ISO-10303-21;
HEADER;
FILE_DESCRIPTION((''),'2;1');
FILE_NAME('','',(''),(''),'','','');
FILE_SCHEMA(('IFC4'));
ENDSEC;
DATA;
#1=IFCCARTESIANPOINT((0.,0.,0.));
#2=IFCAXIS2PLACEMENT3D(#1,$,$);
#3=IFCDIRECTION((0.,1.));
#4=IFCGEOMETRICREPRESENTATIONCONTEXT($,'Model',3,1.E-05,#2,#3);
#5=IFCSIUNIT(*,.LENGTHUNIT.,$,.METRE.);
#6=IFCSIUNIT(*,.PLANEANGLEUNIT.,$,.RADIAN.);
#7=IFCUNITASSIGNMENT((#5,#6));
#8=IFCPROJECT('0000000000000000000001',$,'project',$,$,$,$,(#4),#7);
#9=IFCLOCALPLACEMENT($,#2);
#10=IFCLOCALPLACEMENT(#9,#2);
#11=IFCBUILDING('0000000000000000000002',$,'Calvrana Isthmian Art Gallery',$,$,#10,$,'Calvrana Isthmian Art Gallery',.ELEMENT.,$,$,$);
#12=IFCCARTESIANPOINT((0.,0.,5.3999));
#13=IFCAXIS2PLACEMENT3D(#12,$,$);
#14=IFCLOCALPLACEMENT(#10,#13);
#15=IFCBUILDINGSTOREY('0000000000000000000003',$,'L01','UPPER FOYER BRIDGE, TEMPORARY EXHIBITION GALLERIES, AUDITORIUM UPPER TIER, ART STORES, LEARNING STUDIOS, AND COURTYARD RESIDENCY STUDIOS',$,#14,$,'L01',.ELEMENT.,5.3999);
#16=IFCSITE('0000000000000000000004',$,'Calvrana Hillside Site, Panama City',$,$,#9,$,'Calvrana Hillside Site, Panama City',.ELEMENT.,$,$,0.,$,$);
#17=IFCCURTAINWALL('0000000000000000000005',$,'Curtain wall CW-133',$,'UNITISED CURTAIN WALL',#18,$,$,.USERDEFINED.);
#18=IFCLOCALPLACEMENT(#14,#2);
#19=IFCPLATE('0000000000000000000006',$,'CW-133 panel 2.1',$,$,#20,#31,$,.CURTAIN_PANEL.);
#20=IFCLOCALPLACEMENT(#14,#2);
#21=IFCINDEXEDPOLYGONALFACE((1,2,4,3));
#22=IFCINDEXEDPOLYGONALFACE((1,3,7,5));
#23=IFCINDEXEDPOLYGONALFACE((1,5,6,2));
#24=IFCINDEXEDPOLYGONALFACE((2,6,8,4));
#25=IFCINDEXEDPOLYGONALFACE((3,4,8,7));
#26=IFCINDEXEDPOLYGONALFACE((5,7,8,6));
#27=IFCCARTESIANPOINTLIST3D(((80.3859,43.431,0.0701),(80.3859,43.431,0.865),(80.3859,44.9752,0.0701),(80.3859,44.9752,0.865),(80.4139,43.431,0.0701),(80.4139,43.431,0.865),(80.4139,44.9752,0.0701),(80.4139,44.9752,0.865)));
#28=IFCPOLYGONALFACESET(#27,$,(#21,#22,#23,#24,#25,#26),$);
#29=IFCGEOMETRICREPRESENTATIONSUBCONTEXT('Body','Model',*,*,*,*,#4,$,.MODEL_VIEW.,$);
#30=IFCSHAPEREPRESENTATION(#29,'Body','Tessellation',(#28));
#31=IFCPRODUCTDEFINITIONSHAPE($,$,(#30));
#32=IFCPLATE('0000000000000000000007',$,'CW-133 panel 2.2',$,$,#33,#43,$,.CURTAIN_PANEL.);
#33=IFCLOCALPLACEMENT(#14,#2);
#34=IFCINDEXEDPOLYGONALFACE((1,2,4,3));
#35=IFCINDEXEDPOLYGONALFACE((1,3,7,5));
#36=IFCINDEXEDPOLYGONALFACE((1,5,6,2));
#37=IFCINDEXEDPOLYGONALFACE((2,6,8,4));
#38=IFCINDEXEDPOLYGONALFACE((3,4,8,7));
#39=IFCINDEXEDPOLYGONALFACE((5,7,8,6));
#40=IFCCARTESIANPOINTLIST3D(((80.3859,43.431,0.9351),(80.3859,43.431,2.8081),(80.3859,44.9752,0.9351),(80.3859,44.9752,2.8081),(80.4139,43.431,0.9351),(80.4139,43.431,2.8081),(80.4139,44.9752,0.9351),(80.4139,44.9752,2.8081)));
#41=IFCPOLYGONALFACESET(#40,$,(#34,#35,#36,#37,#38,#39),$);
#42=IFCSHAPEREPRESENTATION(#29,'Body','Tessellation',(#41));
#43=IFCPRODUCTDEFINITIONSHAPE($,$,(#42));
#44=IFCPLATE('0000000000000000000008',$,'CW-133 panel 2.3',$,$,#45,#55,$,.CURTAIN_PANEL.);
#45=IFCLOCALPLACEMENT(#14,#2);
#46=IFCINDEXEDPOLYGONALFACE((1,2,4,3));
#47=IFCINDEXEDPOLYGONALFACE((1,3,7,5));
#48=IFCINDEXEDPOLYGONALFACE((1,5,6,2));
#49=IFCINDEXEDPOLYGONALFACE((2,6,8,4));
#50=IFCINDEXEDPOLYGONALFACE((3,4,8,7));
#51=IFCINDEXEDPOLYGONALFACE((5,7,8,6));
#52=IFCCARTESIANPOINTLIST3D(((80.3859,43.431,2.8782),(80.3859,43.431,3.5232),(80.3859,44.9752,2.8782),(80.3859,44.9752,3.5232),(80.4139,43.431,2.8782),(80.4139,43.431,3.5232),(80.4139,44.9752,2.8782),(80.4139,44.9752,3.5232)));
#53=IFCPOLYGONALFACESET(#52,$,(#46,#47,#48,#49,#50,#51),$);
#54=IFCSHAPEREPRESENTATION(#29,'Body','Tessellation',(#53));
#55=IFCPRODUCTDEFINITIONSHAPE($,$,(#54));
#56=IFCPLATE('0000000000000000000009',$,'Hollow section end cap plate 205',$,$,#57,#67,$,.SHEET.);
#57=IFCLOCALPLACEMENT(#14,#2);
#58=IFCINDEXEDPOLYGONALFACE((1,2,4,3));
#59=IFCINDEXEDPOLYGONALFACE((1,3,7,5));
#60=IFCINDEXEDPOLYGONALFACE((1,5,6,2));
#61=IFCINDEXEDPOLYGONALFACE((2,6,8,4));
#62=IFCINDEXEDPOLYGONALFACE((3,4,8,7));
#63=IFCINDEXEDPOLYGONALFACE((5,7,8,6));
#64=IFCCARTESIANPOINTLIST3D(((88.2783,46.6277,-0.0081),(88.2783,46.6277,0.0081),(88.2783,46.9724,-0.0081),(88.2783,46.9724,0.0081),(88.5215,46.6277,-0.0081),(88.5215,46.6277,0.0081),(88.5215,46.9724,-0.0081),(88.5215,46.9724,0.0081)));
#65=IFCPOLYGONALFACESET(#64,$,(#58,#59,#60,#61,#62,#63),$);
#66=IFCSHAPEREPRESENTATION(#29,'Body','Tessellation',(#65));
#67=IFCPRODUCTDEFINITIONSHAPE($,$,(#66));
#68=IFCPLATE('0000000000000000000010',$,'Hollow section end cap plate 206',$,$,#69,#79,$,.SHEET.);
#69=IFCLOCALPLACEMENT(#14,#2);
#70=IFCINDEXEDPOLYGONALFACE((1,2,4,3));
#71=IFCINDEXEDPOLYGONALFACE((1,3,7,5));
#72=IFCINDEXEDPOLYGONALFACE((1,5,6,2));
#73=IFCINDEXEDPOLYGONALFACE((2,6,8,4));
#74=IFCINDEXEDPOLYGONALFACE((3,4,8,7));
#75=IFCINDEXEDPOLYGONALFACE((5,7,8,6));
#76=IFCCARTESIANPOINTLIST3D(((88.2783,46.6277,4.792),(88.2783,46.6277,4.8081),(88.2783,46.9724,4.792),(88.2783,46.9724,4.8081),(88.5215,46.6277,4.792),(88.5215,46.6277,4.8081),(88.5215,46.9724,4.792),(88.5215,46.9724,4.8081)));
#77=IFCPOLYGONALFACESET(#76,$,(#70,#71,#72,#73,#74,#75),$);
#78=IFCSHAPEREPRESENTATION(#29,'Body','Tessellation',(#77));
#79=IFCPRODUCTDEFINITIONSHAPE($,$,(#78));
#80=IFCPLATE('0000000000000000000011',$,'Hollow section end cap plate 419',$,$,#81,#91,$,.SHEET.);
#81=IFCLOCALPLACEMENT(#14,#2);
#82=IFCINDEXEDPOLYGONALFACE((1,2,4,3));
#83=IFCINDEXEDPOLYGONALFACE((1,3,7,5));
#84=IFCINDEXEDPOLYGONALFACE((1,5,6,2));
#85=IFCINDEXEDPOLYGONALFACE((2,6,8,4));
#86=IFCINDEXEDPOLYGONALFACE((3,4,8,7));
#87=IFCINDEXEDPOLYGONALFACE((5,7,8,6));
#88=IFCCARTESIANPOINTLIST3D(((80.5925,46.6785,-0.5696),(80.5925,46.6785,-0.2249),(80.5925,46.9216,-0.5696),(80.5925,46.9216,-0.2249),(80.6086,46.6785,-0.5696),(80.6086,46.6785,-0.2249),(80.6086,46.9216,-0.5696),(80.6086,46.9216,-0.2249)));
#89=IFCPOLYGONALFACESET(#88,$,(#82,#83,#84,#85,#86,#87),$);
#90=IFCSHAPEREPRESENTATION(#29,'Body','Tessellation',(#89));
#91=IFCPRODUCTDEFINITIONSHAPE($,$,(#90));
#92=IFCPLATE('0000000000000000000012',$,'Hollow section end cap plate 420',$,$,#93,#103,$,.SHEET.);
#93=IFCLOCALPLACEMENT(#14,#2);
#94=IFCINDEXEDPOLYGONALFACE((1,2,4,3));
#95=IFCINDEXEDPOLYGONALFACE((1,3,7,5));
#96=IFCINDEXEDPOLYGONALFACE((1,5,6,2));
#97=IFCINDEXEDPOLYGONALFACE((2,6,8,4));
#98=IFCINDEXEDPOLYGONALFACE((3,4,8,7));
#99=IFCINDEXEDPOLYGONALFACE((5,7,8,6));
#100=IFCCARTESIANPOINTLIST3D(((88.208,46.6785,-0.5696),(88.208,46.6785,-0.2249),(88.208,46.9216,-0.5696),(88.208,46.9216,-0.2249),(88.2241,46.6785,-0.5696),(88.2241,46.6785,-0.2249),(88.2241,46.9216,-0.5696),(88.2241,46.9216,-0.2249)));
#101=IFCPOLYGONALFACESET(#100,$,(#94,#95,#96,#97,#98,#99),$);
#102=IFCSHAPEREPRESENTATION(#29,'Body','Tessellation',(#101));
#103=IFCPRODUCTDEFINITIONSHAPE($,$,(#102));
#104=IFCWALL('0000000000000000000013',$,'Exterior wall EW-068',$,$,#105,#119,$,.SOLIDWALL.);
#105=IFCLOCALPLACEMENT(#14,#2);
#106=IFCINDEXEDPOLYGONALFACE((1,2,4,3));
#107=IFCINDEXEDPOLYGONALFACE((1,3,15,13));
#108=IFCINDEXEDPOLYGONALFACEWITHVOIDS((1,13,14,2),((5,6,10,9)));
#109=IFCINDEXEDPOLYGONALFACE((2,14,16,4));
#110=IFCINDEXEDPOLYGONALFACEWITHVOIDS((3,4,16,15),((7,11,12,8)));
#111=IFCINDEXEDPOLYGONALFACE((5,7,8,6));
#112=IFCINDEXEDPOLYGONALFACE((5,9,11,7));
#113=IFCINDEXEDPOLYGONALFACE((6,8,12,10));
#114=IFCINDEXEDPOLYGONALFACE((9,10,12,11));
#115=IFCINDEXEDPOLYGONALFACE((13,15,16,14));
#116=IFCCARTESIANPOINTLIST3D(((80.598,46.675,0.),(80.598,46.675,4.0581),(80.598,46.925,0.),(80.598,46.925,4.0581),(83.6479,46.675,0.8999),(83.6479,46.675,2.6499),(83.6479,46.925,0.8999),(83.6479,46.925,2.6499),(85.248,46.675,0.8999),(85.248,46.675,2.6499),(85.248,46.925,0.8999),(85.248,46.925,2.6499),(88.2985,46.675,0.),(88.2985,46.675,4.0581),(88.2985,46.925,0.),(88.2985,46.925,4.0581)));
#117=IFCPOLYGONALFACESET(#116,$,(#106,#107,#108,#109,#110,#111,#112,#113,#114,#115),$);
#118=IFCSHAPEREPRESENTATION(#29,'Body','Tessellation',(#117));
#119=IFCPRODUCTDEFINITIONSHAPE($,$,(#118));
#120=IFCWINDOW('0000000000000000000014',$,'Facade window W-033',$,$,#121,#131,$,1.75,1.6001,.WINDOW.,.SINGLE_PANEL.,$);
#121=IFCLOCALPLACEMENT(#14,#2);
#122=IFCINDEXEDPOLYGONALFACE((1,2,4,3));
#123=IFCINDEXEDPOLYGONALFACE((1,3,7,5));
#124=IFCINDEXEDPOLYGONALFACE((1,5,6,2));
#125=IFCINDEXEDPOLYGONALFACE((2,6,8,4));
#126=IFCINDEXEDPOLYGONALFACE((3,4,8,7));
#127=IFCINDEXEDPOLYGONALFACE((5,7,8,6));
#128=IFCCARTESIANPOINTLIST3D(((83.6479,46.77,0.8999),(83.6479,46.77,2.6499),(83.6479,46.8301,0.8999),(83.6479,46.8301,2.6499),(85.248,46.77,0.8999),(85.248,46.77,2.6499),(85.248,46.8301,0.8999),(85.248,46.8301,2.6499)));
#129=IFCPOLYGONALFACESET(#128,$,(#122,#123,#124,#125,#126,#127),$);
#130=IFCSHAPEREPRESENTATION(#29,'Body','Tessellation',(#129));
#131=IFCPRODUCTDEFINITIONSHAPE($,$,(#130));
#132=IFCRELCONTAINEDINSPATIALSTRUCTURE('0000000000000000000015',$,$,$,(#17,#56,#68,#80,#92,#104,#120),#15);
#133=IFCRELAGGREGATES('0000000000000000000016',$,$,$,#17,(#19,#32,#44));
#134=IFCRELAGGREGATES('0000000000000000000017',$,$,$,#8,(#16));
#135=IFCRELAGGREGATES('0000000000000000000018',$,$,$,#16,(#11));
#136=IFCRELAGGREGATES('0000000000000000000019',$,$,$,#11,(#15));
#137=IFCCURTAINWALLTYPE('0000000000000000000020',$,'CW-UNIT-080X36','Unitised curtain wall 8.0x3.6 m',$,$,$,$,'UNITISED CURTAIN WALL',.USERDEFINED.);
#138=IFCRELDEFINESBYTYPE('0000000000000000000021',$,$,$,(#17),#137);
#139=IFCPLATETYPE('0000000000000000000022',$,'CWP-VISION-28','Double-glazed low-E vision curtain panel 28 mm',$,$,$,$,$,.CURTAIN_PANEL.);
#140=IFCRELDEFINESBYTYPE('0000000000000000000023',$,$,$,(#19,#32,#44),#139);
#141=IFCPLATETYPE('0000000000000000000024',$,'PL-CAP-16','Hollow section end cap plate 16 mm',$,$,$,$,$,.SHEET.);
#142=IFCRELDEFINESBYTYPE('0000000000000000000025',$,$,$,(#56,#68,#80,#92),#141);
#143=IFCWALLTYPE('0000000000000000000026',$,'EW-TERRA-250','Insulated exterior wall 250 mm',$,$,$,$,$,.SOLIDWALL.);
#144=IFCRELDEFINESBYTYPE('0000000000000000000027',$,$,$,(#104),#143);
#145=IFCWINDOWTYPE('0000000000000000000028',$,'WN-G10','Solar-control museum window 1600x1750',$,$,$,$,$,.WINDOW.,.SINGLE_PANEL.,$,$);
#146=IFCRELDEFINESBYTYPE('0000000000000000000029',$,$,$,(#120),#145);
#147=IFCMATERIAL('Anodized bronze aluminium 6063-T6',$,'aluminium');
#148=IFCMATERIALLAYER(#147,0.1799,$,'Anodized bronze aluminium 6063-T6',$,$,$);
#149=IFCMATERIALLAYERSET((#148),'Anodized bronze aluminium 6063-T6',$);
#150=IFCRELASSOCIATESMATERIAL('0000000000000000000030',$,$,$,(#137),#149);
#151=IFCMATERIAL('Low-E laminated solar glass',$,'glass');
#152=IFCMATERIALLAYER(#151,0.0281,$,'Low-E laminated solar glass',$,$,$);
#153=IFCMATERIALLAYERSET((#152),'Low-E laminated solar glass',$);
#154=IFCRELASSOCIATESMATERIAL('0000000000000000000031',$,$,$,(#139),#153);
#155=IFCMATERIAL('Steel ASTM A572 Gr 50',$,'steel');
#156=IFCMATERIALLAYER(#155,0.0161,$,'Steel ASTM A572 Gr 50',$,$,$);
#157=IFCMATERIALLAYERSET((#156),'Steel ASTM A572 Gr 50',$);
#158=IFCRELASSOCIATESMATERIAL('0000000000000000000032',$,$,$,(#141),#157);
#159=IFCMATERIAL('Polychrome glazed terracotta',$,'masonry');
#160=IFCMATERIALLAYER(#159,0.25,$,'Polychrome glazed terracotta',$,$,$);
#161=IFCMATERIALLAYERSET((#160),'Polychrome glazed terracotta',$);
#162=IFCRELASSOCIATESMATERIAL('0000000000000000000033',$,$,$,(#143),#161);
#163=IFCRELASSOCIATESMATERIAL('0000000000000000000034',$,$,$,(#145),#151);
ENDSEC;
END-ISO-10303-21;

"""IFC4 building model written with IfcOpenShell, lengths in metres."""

from ifc_helpers import new_model, si_unit, direction, frame, frame_2d, origin, origin_2d, place, context, subcontext, project, spatial, rectangle, extrude, material, layer, layer_set, type_object, element, fill, aggregate, save


model = new_model("IFC4")

# Units and contexts
model_context = context("Model", 3, precision=1e-05, world=origin(), true_north=direction((0.0, 1.0)))
body_context = subcontext(model_context, "Body", "Model", "MODEL_VIEW")
ifc_project = project(units=[si_unit("LENGTHUNIT", "METRE"), si_unit("PLANEANGLEUNIT", "RADIAN")], contexts=[model_context])

# Site, building, storey
site_placement = place(None, origin())
site = spatial("IfcSite", under=ifc_project, at=site_placement, Name="Calvrana Hillside Site, Panama City", LongName="Calvrana Hillside Site, Panama City", CompositionType="ELEMENT", RefElevation=0.0)
building_placement = place(site_placement, origin())
building = spatial("IfcBuilding", under=site, at=building_placement, Name="Calvrana Isthmian Art Gallery", LongName="Calvrana Isthmian Art Gallery", CompositionType="ELEMENT")
storey_placement = place(building_placement, frame((0.0, 0.0, 5.3999)))
storey = spatial("IfcBuildingStorey", under=building, at=storey_placement, Name="L01", Description="UPPER FOYER BRIDGE, TEMPORARY EXHIBITION GALLERIES, AUDITORIUM UPPER TIER, ART STORES, LEARNING STUDIOS, AND COURTYARD RESIDENCY STUDIOS", LongName="L01", CompositionType="ELEMENT", Elevation=5.3999)

# Curtain wall
ifc_material_1 = material(Name="Anodized bronze aluminium 6063-T6", Category="aluminium")
ifc_layer_1 = layer(ifc_material_1, 0.1799, Name="Anodized bronze aluminium 6063-T6")
ifc_layer_set_1 = layer_set([ifc_layer_1], Name="Anodized bronze aluminium 6063-T6")
curtain_wall_type_1 = type_object("IfcCurtainWallType", Name="CW-UNIT-080X36", Description="Unitised curtain wall 8.0x3.6 m", ElementType="UNITISED CURTAIN WALL", PredefinedType="USERDEFINED", material=ifc_layer_set_1)
curtain_wall_1_placement = place(storey_placement, origin())
curtain_wall_1 = element("IfcCurtainWall", 1, at=curtain_wall_1_placement, inside=storey, type_object=curtain_wall_type_1, Name="Curtain wall CW-133", ObjectType="UNITISED CURTAIN WALL", PredefinedType="USERDEFINED")

# Plates
ifc_material_2 = material(Name="Low-E laminated solar glass", Category="glass")
ifc_layer_2 = layer(ifc_material_2, 0.0281, Name="Low-E laminated solar glass")
ifc_layer_set_2 = layer_set([ifc_layer_2], Name="Low-E laminated solar glass")
plate_type_1 = type_object("IfcPlateType", Name="CWP-VISION-28", Description="Double-glazed low-E vision curtain panel 28 mm", PredefinedType="CURTAIN_PANEL", material=ifc_layer_set_2)
plate_1_placement = place(storey_placement, frame((80.3999, 44.2031, 0.0701), z_axis=(0.0, 0.0, 1.0), x_axis=(0.0, -1.0, 0.0)))
plate_1 = element("IfcPlate", 2, at=plate_1_placement, type_object=plate_type_1, Name="CW-133 panel 2.1", PredefinedType="CURTAIN_PANEL", context=body_context, shape_type="SweptSolid", body=[
    extrude(rectangle(XDim=1.5442, YDim=0.0281, at=origin_2d()), origin(), (0.0, 0.0, 1.0), 0.7949),
])
plate_2_placement = place(storey_placement, frame((80.3999, 44.2031, 0.9351), z_axis=(0.0, 0.0, 1.0), x_axis=(0.0, -1.0, 0.0)))
plate_2 = element("IfcPlate", 3, at=plate_2_placement, type_object=plate_type_1, Name="CW-133 panel 2.2", PredefinedType="CURTAIN_PANEL", context=body_context, shape_type="SweptSolid", body=[
    extrude(rectangle(XDim=1.5442, YDim=0.0281, at=origin_2d()), origin(), (0.0, 0.0, 1.0), 1.873),
])
plate_3_placement = place(storey_placement, frame((80.3999, 44.2031, 2.8782), z_axis=(0.0, 0.0, 1.0), x_axis=(0.0, -1.0, 0.0)))
plate_3 = element("IfcPlate", 4, at=plate_3_placement, type_object=plate_type_1, Name="CW-133 panel 2.3", PredefinedType="CURTAIN_PANEL", context=body_context, shape_type="SweptSolid", body=[
    extrude(rectangle(XDim=1.5442, YDim=0.0281, at=origin_2d()), origin(), (0.0, 0.0, 1.0), 0.645),
])
aggregate(curtain_wall_1, [plate_1, plate_2, plate_3])

# Plates
ifc_material_3 = material(Name="Steel ASTM A572 Gr 50", Category="steel")
ifc_layer_3 = layer(ifc_material_3, 0.0161, Name="Steel ASTM A572 Gr 50")
ifc_layer_set_3 = layer_set([ifc_layer_3], Name="Steel ASTM A572 Gr 50")
plate_type_2 = type_object("IfcPlateType", Name="PL-CAP-16", Description="Hollow section end cap plate 16 mm", PredefinedType="SHEET", material=ifc_layer_set_3)
for number, where, z_axis, x_axis, name in (
    (5, (88.3999, 46.8, -0.0081), (0.0, 0.0, 1.0), (1.0, 0.0, 0.0), "Hollow section end cap plate 205"),
    (6, (88.3999, 46.8, 4.792), (0.0, 0.0, 1.0), (1.0, 0.0, 0.0), "Hollow section end cap plate 206"),
):
    element("IfcPlate", number, at=place(storey_placement, frame(where, z_axis=z_axis, x_axis=x_axis)), inside=storey, type_object=plate_type_2, Name=name, PredefinedType="SHEET", context=body_context, shape_type="SweptSolid", body=[
        extrude(rectangle(XDim=0.2432, YDim=0.3447, at=origin_2d()), origin(), (0.0, 0.0, 1.0), 0.0161),
    ])
for number, where, z_axis, x_axis, name in (
    (7, (80.6006, 46.8, -0.5696), (0.0, 0.0, 1.0), (1.0, 0.0, 0.0), "Hollow section end cap plate 419"),
    (8, (88.2161, 46.8, -0.5696), (0.0, 0.0, 1.0), (1.0, 0.0, 0.0), "Hollow section end cap plate 420"),
):
    element("IfcPlate", number, at=place(storey_placement, frame(where, z_axis=z_axis, x_axis=x_axis)), inside=storey, type_object=plate_type_2, Name=name, PredefinedType="SHEET", context=body_context, shape_type="SweptSolid", body=[
        extrude(rectangle(XDim=0.0161, YDim=0.2432, at=origin_2d()), origin(), (0.0, 0.0, 1.0), 0.3447),
    ])

# Wall, opening, window
ifc_material_4 = material(Name="Polychrome glazed terracotta", Category="masonry")
ifc_layer_4 = layer(ifc_material_4, 0.25, Name="Polychrome glazed terracotta")
ifc_layer_set_4 = layer_set([ifc_layer_4], Name="Polychrome glazed terracotta")
wall_type = type_object("IfcWallType", Name="EW-TERRA-250", Description="Insulated exterior wall 250 mm", PredefinedType="SOLIDWALL", material=ifc_layer_set_4)
wall_placement = place(storey_placement, frame((88.2983, 46.8, 0.0), z_axis=(0.0, 0.0, 1.0), x_axis=(-1.0, 0.0, 0.0)))
wall = element("IfcWall", 9, at=wall_placement, inside=storey, type_object=wall_type, Name="Exterior wall EW-068", PredefinedType="SOLIDWALL", context=body_context, shape_type="SweptSolid", body=[
    extrude(rectangle(XDim=7.7004, YDim=0.25, at=frame_2d((3.8501, 0.0))), origin(), (0.0, 0.0, 1.0), 4.0581),
])
opening_placement = place(wall_placement, frame((3.0503, 0.0, 0.8999)))
opening = element("IfcOpeningElement", 10, at=opening_placement, cuts=wall, PredefinedType="OPENING", context=body_context, shape_type="SweptSolid", body=[
    extrude(rectangle(XDim=1.6001, YDim=1.75, at=frame_2d((0.8, 0.875))), frame((0.0, 0.1353, 0.0), z_axis=(0.0, -1.0, 0.0), x_axis=(1.0, 0.0, 0.0)), (0.0, 0.0, 1.0), 0.2705),
])
window_type = type_object("IfcWindowType", Name="WN-G10", Description="Solar-control museum window 1600x1750", PartitioningType="SINGLE_PANEL", PredefinedType="WINDOW", material=ifc_material_2)
window_placement = place(opening_placement, origin())
window = element("IfcWindow", 11, at=window_placement, inside=storey, type_object=window_type, Name="Facade window W-033", OverallHeight=1.75, OverallWidth=1.6001, PartitioningType="SINGLE_PANEL", PredefinedType="WINDOW", context=body_context, shape_type="SweptSolid", body=[
    extrude(rectangle(XDim=1.6001, YDim=1.75, at=frame_2d((0.8, 0.875))), frame((0.0, 0.03, 0.0), z_axis=(0.0, -1.0, 0.0), x_axis=(1.0, 0.0, 0.0)), (0.0, 0.0, 1.0), 0.0601),
])
fill(opening, window)

save(model, "model.ifc")
